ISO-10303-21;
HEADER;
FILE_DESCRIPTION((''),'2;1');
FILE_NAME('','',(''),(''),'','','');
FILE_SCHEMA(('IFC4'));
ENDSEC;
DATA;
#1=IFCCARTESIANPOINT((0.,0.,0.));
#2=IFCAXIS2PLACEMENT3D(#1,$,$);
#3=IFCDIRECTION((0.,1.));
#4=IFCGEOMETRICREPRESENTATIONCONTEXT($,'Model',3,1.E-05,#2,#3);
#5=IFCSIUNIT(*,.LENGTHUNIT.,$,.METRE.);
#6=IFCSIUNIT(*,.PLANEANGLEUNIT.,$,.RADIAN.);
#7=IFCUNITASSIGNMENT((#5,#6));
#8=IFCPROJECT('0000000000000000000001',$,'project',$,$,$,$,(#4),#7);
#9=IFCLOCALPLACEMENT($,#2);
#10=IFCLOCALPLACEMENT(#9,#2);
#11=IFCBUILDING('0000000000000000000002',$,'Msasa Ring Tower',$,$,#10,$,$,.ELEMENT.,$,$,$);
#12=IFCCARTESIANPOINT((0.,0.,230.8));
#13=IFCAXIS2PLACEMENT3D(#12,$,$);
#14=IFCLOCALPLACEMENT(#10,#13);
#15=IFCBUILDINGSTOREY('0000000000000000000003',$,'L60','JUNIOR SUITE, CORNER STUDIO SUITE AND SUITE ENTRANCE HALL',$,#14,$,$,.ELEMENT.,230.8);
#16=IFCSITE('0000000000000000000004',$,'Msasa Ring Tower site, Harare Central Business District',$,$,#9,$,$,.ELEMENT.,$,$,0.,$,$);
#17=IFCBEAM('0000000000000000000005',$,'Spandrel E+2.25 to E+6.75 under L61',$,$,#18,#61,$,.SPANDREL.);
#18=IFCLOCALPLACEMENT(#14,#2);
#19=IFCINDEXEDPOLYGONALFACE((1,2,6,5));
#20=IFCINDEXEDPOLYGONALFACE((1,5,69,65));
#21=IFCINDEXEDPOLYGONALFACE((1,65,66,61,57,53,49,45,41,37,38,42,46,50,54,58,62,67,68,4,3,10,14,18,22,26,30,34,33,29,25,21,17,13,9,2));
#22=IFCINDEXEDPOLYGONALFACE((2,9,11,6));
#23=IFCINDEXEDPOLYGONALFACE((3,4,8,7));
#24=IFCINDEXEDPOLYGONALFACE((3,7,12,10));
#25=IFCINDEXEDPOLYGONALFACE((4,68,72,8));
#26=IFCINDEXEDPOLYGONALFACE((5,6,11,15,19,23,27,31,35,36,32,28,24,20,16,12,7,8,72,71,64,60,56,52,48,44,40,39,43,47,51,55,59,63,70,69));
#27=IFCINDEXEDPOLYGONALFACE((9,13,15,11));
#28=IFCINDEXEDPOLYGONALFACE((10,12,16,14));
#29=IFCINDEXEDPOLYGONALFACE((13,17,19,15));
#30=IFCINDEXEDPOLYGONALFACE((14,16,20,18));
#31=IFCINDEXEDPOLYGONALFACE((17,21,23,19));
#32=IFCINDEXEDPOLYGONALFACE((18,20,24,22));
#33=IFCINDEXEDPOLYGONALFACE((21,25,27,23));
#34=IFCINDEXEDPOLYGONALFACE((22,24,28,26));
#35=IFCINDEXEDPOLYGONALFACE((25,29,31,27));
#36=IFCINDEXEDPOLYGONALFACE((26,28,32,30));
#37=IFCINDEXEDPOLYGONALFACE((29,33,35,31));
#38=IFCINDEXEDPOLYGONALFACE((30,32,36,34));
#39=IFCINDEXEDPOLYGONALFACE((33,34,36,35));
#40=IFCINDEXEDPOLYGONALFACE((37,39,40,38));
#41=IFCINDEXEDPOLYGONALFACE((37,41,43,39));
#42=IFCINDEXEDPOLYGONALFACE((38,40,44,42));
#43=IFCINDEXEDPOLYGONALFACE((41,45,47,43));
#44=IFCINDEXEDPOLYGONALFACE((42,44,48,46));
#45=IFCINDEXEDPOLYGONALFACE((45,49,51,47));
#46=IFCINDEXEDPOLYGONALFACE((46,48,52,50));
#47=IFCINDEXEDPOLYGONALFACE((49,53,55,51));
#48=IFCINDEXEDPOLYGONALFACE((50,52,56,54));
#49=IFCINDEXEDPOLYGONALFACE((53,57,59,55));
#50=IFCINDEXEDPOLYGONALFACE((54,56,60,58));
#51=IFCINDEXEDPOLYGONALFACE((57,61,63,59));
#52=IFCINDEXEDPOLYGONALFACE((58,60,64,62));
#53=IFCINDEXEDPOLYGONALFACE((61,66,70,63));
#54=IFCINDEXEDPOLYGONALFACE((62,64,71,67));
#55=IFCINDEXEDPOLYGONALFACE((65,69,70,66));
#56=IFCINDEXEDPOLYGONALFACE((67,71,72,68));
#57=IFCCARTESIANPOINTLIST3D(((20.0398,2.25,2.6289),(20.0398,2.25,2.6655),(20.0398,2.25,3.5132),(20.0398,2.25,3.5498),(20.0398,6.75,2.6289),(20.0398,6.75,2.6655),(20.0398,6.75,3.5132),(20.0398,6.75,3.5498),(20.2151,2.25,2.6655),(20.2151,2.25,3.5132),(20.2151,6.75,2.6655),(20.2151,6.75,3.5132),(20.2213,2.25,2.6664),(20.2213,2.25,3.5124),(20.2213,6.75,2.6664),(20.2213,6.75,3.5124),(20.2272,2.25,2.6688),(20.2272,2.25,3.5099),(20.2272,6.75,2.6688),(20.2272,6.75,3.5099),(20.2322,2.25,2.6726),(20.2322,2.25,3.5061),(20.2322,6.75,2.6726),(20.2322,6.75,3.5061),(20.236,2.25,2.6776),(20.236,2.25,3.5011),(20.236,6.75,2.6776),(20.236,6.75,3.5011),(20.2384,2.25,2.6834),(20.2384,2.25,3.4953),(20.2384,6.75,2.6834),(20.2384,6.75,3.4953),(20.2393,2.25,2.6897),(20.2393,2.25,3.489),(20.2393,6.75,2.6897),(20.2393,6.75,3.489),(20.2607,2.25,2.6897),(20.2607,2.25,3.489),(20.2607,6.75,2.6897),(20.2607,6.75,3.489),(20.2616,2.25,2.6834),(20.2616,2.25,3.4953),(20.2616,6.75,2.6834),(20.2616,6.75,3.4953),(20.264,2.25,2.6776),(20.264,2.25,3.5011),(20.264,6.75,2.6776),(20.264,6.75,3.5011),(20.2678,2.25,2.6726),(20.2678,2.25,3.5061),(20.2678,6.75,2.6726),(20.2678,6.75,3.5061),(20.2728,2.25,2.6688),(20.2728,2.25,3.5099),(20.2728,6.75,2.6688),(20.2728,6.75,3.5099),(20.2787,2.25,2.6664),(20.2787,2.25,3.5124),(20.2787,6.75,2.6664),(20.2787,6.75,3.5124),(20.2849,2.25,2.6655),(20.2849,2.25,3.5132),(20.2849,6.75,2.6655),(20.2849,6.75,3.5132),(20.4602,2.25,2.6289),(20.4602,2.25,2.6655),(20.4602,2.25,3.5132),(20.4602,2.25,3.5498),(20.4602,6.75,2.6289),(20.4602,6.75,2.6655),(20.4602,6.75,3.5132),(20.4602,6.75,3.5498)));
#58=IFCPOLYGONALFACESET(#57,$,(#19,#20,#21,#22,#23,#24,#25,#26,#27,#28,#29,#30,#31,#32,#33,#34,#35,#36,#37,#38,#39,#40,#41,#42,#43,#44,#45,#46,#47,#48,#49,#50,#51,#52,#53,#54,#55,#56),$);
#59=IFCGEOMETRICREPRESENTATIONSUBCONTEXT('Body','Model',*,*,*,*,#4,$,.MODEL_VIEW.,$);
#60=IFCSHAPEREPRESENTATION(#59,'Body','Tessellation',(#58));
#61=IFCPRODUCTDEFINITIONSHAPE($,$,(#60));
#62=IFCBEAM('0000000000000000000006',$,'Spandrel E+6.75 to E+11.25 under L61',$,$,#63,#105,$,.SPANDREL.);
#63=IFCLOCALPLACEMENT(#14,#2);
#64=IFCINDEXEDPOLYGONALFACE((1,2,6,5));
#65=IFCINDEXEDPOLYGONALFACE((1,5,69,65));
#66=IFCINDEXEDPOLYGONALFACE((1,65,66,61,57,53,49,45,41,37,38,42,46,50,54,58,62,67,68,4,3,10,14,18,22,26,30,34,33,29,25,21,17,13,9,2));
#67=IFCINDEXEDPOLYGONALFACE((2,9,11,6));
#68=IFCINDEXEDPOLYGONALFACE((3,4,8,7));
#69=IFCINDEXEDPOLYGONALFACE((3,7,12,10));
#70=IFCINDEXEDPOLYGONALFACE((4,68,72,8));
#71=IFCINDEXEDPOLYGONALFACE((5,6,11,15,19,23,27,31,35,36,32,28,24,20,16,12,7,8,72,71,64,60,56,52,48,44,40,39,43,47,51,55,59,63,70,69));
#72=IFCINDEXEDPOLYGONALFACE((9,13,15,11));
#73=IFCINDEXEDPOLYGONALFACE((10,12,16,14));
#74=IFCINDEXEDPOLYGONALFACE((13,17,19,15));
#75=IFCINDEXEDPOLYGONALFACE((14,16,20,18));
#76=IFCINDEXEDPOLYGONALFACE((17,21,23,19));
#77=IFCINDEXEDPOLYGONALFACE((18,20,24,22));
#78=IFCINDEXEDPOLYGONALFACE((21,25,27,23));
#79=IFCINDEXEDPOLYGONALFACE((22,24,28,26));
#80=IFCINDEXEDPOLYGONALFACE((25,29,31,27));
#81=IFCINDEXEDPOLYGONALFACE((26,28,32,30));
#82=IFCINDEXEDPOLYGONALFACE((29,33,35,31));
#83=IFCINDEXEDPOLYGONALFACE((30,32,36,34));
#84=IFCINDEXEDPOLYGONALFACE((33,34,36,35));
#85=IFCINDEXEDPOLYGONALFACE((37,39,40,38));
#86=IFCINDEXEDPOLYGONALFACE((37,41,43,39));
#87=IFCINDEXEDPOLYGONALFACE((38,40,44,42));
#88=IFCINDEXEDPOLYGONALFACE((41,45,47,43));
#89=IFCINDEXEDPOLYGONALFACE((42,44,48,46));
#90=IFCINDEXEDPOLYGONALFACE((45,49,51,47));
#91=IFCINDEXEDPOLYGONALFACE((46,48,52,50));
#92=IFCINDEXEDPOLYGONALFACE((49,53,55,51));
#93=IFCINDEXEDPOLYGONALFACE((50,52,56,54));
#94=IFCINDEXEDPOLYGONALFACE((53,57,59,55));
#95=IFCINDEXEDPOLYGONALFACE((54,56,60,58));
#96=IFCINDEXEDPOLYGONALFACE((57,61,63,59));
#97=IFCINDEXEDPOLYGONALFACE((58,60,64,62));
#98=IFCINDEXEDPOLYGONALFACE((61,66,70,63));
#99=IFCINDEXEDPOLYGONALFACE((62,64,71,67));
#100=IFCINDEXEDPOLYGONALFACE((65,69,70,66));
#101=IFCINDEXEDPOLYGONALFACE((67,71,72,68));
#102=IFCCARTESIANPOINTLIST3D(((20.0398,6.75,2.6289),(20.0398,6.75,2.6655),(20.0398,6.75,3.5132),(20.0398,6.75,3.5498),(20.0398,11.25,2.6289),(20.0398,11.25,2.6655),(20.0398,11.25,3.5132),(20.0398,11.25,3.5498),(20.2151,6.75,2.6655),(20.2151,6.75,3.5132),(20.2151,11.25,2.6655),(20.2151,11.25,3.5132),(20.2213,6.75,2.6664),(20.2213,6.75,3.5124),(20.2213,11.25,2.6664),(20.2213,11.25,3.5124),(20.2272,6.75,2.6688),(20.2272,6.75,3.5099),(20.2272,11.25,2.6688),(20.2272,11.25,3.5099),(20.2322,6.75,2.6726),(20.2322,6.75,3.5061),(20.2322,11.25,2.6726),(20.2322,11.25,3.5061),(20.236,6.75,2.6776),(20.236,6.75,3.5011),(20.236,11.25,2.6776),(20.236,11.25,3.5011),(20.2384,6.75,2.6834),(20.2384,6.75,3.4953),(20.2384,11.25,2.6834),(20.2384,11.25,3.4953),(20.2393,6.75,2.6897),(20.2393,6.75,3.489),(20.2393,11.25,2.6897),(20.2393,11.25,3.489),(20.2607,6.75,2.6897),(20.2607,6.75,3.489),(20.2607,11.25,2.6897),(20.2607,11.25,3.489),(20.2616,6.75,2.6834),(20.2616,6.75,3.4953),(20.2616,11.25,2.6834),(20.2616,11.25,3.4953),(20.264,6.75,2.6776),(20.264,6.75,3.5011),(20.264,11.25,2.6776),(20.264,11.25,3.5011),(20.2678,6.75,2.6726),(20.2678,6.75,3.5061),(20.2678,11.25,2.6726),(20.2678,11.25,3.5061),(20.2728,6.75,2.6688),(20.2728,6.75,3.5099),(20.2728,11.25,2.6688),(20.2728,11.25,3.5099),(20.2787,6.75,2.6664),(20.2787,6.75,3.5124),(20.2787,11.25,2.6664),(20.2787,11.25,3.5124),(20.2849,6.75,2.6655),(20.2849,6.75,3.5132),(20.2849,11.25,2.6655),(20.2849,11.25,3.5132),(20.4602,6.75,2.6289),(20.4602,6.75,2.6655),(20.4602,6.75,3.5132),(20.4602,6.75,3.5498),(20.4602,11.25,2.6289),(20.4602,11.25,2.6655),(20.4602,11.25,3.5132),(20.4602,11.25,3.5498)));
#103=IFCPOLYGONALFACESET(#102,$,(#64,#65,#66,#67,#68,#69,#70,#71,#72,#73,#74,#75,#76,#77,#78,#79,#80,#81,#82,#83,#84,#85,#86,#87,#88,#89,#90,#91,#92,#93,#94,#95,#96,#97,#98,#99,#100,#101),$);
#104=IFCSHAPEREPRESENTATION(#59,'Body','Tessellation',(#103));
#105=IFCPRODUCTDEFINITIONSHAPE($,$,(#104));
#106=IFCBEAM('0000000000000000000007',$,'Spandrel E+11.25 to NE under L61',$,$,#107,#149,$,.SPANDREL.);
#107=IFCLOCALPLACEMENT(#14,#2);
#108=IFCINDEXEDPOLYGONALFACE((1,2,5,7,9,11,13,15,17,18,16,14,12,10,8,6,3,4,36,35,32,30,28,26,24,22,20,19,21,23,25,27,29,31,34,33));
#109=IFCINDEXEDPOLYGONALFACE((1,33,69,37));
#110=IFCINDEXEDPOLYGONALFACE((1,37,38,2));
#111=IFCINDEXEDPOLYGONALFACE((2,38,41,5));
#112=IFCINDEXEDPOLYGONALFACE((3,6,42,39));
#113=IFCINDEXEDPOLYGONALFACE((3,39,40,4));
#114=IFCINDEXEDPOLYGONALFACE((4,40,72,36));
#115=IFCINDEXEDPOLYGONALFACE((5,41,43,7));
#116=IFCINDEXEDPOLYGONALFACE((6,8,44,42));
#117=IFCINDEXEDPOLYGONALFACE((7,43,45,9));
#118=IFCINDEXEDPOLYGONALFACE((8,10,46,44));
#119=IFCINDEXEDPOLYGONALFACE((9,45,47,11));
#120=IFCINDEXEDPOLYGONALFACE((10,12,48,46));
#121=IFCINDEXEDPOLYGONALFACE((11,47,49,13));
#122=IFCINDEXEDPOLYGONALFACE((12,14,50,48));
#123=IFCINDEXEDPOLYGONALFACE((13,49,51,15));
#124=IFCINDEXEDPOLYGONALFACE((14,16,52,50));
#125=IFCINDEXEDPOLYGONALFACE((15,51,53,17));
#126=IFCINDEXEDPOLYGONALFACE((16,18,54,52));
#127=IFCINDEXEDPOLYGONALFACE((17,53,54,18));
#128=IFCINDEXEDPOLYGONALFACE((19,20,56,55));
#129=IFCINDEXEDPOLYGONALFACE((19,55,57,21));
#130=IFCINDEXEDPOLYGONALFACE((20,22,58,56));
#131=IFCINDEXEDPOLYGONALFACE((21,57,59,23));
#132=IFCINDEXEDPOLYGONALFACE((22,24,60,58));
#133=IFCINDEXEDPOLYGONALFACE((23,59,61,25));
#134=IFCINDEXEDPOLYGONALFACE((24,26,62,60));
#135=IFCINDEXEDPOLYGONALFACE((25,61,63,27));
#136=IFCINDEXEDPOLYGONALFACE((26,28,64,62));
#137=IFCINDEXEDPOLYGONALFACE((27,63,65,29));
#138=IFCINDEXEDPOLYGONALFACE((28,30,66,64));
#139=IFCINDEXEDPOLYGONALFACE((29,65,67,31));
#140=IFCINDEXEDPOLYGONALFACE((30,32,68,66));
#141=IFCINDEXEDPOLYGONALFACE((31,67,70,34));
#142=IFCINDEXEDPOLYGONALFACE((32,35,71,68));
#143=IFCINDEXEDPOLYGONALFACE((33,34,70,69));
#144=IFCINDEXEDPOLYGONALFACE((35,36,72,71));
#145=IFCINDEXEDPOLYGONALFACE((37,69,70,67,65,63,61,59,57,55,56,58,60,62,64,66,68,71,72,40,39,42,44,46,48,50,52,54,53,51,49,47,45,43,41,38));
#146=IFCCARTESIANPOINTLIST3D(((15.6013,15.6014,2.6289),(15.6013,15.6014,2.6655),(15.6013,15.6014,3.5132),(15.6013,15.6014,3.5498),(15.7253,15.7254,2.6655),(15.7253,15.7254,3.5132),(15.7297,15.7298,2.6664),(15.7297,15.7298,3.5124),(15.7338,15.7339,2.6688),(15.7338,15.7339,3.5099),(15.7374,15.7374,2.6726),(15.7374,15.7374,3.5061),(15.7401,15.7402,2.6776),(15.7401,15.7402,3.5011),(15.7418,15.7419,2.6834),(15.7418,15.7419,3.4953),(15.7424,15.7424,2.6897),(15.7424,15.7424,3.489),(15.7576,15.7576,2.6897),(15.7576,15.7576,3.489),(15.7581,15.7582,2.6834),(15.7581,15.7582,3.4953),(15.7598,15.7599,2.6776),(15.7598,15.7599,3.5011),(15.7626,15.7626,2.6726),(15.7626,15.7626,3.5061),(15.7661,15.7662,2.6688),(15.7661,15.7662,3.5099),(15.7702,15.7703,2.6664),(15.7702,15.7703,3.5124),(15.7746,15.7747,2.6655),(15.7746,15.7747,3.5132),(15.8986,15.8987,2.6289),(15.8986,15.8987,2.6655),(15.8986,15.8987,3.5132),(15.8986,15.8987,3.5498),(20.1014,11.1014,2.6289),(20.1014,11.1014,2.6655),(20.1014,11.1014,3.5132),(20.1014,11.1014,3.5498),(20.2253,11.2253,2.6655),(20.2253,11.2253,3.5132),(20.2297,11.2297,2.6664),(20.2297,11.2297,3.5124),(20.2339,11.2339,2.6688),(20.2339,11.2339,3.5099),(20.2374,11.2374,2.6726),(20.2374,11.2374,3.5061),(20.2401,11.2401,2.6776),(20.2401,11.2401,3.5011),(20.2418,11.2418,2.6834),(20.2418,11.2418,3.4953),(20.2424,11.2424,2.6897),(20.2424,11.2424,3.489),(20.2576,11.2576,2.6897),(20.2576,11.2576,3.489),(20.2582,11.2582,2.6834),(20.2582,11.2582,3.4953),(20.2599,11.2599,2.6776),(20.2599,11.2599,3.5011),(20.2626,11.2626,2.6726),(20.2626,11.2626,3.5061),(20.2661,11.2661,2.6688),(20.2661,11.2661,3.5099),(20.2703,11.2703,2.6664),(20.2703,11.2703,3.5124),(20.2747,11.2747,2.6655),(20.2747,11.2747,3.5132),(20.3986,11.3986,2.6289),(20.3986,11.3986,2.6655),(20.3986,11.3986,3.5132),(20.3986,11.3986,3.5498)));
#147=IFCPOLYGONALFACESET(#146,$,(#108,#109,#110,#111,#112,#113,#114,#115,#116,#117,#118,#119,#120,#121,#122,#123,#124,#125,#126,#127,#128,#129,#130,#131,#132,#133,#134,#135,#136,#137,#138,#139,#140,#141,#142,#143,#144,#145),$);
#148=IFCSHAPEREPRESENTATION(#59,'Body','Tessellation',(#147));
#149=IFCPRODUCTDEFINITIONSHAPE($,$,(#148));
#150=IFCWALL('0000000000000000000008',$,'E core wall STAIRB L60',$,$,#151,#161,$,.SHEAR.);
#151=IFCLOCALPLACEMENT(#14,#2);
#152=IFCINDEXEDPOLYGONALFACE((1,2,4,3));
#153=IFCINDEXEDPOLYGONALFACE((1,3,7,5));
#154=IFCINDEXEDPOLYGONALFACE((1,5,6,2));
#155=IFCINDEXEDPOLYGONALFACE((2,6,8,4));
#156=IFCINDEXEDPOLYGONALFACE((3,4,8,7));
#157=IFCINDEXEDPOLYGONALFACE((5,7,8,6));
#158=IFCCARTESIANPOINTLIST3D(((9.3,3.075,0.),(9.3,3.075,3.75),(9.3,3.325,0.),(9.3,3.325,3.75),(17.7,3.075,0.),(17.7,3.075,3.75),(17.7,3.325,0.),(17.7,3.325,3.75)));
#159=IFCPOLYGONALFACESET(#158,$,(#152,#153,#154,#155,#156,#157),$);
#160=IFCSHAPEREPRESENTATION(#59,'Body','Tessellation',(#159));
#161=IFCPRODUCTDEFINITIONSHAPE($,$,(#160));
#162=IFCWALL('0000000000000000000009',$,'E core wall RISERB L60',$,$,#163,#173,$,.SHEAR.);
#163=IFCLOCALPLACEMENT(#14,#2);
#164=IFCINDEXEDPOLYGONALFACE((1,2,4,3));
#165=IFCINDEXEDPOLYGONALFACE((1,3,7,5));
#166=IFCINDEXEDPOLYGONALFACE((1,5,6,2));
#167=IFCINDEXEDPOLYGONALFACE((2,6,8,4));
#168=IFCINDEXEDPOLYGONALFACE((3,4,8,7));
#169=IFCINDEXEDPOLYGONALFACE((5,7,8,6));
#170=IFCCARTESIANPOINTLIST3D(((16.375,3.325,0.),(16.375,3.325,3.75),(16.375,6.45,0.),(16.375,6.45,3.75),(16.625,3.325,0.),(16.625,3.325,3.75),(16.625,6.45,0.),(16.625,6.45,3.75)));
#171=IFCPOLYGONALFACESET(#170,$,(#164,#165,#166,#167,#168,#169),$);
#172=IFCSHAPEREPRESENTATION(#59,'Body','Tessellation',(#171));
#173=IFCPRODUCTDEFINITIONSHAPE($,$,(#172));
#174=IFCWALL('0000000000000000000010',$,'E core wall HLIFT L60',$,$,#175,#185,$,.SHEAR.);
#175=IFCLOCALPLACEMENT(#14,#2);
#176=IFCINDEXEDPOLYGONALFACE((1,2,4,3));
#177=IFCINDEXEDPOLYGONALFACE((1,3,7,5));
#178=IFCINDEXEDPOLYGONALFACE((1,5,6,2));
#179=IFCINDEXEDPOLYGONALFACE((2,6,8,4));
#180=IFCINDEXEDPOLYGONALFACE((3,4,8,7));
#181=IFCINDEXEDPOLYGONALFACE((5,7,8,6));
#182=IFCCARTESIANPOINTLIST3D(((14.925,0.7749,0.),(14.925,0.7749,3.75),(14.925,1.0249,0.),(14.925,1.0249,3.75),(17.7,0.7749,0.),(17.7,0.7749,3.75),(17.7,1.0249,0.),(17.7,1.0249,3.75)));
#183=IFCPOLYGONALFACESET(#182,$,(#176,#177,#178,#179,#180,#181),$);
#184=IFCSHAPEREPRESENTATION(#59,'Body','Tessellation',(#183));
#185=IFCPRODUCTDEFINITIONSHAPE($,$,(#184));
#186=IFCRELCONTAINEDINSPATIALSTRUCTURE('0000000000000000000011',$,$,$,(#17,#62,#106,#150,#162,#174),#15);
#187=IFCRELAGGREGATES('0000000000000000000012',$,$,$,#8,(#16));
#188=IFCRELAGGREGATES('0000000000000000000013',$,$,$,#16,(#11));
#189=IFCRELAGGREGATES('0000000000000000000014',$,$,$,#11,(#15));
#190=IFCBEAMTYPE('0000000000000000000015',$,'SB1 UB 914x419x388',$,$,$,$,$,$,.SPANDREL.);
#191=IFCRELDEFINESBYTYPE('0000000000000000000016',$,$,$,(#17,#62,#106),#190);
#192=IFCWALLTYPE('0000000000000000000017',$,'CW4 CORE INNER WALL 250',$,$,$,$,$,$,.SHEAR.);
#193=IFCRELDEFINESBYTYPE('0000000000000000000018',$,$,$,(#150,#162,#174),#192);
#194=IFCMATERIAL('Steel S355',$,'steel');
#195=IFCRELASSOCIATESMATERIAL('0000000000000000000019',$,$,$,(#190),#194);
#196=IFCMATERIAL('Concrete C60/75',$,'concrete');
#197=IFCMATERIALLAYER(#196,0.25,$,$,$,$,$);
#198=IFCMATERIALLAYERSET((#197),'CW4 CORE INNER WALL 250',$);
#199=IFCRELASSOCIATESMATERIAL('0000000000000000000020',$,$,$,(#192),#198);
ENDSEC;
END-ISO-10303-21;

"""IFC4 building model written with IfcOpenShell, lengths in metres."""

from ifc_helpers import new_model, si_unit, direction, frame, frame_2d, origin, origin_2d, place, context, subcontext, project, spatial, rectangle, i_section, extrude, material, layer, layer_set, material_profile, profile_set, type_object, element, save


model = new_model("IFC4")

# Units and contexts
model_context = context("Model", 3, precision=1e-05, world=origin(), true_north=direction((0.0, 1.0)))
body_context = subcontext(model_context, "Body", "Model", "MODEL_VIEW")
ifc_project = project(units=[si_unit("LENGTHUNIT", "METRE"), si_unit("PLANEANGLEUNIT", "RADIAN")], contexts=[model_context])

# Site, building, storey
site_placement = place(None, origin())
site = spatial("IfcSite", under=ifc_project, at=site_placement, Name="Msasa Ring Tower site, Harare Central Business District", CompositionType="ELEMENT", RefElevation=0.0)
building_placement = place(site_placement, origin())
building = spatial("IfcBuilding", under=site, at=building_placement, Name="Msasa Ring Tower", CompositionType="ELEMENT")
storey_placement = place(building_placement, frame((0.0, 0.0, 230.8)))
storey = spatial("IfcBuildingStorey", under=building, at=storey_placement, Name="L60", Description="JUNIOR SUITE, CORNER STUDIO SUITE AND SUITE ENTRANCE HALL", CompositionType="ELEMENT", Elevation=230.8)

# Beams
ifc_material_1 = material(Name="Steel S355", Category="steel")
ifc_material_profile_1 = material_profile(ifc_material_1, i_section(OverallWidth=0.4204, OverallDepth=0.9209, WebThickness=0.0215, FlangeThickness=0.0366, FilletRadius=0.0242, at=origin_2d()), Name="UB 914x419x388")
ifc_profile_set_1 = profile_set([ifc_material_profile_1], Name="Steel S355")
beam_type_1 = type_object("IfcBeamType", Name="SB1 UB 914x419x388", PredefinedType="SPANDREL", material=ifc_profile_set_1)
for number, where, z_axis, x_axis, name in (
    (1, (20.25, 2.25, 3.0894), (0.0, 1.0, 0.0), (-1.0, 0.0, 0.0), "Spandrel E+2.25 to E+6.75 under L61"),
    (2, (20.25, 6.75, 3.0894), (0.0, 1.0, 0.0), (-1.0, 0.0, 0.0), "Spandrel E+6.75 to E+11.25 under L61"),
):
    element("IfcBeam", number, at=place(storey_placement, frame(where, z_axis=z_axis, x_axis=x_axis)), inside=storey, type_object=beam_type_1, Name=name, PredefinedType="SPANDREL", context=body_context, shape_type="SweptSolid", body=[
        extrude(i_section(OverallWidth=0.4204, OverallDepth=0.9209, WebThickness=0.0215, FlangeThickness=0.0366, FilletRadius=0.0242, at=origin_2d()), origin(), (0.0, 0.0, 1.0), 4.5),
    ])
beam_1_placement = place(storey_placement, frame((20.25, 11.25, 3.0894), z_axis=(-0.707107, 0.707107, 0.0), x_axis=(-0.707107, -0.707107, 0.0)))
element("IfcBeam", 3, at=beam_1_placement, inside=storey, type_object=beam_type_1, Name="Spandrel E+11.25 to NE under L61", PredefinedType="SPANDREL", context=body_context, shape_type="SweptSolid", body=[
    extrude(i_section(OverallWidth=0.4204, OverallDepth=0.9209, WebThickness=0.0215, FlangeThickness=0.0366, FilletRadius=0.0242, at=origin_2d()), origin(), (0.0, 0.0, 1.0), 6.364),
])

# Walls
ifc_material_2 = material(Name="Concrete C60/75", Category="concrete")
ifc_layer_1 = layer(ifc_material_2, 0.25)
ifc_layer_set_1 = layer_set([ifc_layer_1], Name="CW4 CORE INNER WALL 250")
wall_type_1 = type_object("IfcWallType", Name="CW4 CORE INNER WALL 250", PredefinedType="SHEAR", material=ifc_layer_set_1)
wall_1_placement = place(storey_placement, frame((9.3, 3.2, 0.0), z_axis=(0.0, 0.0, 1.0), x_axis=(1.0, 0.0, 0.0)))
element("IfcWall", 4, at=wall_1_placement, inside=storey, type_object=wall_type_1, Name="E core wall STAIRB L60", PredefinedType="SHEAR", context=body_context, shape_type="SweptSolid", body=[
    extrude(rectangle(XDim=8.3999, YDim=0.25, at=frame_2d((4.2, 0.0))), origin(), (0.0, 0.0, 1.0), 3.75),
])
wall_2_placement = place(storey_placement, frame((16.5, 3.325, 0.0), z_axis=(0.0, 0.0, 1.0), x_axis=(0.0, 1.0, 0.0)))
element("IfcWall", 5, at=wall_2_placement, inside=storey, type_object=wall_type_1, Name="E core wall RISERB L60", PredefinedType="SHEAR", context=body_context, shape_type="SweptSolid", body=[
    extrude(rectangle(XDim=3.125, YDim=0.25, at=frame_2d((1.5625, 0.0))), origin(), (0.0, 0.0, 1.0), 3.75),
])
wall_3_placement = place(storey_placement, frame((14.925, 0.8999, 0.0), z_axis=(0.0, 0.0, 1.0), x_axis=(1.0, 0.0, 0.0)))
element("IfcWall", 6, at=wall_3_placement, inside=storey, type_object=wall_type_1, Name="E core wall HLIFT L60", PredefinedType="SHEAR", context=body_context, shape_type="SweptSolid", body=[
    extrude(rectangle(XDim=2.7749, YDim=0.25, at=frame_2d((1.3875, 0.0))), origin(), (0.0, 0.0, 1.0), 3.75),
])

save(model, "model.ifc")
